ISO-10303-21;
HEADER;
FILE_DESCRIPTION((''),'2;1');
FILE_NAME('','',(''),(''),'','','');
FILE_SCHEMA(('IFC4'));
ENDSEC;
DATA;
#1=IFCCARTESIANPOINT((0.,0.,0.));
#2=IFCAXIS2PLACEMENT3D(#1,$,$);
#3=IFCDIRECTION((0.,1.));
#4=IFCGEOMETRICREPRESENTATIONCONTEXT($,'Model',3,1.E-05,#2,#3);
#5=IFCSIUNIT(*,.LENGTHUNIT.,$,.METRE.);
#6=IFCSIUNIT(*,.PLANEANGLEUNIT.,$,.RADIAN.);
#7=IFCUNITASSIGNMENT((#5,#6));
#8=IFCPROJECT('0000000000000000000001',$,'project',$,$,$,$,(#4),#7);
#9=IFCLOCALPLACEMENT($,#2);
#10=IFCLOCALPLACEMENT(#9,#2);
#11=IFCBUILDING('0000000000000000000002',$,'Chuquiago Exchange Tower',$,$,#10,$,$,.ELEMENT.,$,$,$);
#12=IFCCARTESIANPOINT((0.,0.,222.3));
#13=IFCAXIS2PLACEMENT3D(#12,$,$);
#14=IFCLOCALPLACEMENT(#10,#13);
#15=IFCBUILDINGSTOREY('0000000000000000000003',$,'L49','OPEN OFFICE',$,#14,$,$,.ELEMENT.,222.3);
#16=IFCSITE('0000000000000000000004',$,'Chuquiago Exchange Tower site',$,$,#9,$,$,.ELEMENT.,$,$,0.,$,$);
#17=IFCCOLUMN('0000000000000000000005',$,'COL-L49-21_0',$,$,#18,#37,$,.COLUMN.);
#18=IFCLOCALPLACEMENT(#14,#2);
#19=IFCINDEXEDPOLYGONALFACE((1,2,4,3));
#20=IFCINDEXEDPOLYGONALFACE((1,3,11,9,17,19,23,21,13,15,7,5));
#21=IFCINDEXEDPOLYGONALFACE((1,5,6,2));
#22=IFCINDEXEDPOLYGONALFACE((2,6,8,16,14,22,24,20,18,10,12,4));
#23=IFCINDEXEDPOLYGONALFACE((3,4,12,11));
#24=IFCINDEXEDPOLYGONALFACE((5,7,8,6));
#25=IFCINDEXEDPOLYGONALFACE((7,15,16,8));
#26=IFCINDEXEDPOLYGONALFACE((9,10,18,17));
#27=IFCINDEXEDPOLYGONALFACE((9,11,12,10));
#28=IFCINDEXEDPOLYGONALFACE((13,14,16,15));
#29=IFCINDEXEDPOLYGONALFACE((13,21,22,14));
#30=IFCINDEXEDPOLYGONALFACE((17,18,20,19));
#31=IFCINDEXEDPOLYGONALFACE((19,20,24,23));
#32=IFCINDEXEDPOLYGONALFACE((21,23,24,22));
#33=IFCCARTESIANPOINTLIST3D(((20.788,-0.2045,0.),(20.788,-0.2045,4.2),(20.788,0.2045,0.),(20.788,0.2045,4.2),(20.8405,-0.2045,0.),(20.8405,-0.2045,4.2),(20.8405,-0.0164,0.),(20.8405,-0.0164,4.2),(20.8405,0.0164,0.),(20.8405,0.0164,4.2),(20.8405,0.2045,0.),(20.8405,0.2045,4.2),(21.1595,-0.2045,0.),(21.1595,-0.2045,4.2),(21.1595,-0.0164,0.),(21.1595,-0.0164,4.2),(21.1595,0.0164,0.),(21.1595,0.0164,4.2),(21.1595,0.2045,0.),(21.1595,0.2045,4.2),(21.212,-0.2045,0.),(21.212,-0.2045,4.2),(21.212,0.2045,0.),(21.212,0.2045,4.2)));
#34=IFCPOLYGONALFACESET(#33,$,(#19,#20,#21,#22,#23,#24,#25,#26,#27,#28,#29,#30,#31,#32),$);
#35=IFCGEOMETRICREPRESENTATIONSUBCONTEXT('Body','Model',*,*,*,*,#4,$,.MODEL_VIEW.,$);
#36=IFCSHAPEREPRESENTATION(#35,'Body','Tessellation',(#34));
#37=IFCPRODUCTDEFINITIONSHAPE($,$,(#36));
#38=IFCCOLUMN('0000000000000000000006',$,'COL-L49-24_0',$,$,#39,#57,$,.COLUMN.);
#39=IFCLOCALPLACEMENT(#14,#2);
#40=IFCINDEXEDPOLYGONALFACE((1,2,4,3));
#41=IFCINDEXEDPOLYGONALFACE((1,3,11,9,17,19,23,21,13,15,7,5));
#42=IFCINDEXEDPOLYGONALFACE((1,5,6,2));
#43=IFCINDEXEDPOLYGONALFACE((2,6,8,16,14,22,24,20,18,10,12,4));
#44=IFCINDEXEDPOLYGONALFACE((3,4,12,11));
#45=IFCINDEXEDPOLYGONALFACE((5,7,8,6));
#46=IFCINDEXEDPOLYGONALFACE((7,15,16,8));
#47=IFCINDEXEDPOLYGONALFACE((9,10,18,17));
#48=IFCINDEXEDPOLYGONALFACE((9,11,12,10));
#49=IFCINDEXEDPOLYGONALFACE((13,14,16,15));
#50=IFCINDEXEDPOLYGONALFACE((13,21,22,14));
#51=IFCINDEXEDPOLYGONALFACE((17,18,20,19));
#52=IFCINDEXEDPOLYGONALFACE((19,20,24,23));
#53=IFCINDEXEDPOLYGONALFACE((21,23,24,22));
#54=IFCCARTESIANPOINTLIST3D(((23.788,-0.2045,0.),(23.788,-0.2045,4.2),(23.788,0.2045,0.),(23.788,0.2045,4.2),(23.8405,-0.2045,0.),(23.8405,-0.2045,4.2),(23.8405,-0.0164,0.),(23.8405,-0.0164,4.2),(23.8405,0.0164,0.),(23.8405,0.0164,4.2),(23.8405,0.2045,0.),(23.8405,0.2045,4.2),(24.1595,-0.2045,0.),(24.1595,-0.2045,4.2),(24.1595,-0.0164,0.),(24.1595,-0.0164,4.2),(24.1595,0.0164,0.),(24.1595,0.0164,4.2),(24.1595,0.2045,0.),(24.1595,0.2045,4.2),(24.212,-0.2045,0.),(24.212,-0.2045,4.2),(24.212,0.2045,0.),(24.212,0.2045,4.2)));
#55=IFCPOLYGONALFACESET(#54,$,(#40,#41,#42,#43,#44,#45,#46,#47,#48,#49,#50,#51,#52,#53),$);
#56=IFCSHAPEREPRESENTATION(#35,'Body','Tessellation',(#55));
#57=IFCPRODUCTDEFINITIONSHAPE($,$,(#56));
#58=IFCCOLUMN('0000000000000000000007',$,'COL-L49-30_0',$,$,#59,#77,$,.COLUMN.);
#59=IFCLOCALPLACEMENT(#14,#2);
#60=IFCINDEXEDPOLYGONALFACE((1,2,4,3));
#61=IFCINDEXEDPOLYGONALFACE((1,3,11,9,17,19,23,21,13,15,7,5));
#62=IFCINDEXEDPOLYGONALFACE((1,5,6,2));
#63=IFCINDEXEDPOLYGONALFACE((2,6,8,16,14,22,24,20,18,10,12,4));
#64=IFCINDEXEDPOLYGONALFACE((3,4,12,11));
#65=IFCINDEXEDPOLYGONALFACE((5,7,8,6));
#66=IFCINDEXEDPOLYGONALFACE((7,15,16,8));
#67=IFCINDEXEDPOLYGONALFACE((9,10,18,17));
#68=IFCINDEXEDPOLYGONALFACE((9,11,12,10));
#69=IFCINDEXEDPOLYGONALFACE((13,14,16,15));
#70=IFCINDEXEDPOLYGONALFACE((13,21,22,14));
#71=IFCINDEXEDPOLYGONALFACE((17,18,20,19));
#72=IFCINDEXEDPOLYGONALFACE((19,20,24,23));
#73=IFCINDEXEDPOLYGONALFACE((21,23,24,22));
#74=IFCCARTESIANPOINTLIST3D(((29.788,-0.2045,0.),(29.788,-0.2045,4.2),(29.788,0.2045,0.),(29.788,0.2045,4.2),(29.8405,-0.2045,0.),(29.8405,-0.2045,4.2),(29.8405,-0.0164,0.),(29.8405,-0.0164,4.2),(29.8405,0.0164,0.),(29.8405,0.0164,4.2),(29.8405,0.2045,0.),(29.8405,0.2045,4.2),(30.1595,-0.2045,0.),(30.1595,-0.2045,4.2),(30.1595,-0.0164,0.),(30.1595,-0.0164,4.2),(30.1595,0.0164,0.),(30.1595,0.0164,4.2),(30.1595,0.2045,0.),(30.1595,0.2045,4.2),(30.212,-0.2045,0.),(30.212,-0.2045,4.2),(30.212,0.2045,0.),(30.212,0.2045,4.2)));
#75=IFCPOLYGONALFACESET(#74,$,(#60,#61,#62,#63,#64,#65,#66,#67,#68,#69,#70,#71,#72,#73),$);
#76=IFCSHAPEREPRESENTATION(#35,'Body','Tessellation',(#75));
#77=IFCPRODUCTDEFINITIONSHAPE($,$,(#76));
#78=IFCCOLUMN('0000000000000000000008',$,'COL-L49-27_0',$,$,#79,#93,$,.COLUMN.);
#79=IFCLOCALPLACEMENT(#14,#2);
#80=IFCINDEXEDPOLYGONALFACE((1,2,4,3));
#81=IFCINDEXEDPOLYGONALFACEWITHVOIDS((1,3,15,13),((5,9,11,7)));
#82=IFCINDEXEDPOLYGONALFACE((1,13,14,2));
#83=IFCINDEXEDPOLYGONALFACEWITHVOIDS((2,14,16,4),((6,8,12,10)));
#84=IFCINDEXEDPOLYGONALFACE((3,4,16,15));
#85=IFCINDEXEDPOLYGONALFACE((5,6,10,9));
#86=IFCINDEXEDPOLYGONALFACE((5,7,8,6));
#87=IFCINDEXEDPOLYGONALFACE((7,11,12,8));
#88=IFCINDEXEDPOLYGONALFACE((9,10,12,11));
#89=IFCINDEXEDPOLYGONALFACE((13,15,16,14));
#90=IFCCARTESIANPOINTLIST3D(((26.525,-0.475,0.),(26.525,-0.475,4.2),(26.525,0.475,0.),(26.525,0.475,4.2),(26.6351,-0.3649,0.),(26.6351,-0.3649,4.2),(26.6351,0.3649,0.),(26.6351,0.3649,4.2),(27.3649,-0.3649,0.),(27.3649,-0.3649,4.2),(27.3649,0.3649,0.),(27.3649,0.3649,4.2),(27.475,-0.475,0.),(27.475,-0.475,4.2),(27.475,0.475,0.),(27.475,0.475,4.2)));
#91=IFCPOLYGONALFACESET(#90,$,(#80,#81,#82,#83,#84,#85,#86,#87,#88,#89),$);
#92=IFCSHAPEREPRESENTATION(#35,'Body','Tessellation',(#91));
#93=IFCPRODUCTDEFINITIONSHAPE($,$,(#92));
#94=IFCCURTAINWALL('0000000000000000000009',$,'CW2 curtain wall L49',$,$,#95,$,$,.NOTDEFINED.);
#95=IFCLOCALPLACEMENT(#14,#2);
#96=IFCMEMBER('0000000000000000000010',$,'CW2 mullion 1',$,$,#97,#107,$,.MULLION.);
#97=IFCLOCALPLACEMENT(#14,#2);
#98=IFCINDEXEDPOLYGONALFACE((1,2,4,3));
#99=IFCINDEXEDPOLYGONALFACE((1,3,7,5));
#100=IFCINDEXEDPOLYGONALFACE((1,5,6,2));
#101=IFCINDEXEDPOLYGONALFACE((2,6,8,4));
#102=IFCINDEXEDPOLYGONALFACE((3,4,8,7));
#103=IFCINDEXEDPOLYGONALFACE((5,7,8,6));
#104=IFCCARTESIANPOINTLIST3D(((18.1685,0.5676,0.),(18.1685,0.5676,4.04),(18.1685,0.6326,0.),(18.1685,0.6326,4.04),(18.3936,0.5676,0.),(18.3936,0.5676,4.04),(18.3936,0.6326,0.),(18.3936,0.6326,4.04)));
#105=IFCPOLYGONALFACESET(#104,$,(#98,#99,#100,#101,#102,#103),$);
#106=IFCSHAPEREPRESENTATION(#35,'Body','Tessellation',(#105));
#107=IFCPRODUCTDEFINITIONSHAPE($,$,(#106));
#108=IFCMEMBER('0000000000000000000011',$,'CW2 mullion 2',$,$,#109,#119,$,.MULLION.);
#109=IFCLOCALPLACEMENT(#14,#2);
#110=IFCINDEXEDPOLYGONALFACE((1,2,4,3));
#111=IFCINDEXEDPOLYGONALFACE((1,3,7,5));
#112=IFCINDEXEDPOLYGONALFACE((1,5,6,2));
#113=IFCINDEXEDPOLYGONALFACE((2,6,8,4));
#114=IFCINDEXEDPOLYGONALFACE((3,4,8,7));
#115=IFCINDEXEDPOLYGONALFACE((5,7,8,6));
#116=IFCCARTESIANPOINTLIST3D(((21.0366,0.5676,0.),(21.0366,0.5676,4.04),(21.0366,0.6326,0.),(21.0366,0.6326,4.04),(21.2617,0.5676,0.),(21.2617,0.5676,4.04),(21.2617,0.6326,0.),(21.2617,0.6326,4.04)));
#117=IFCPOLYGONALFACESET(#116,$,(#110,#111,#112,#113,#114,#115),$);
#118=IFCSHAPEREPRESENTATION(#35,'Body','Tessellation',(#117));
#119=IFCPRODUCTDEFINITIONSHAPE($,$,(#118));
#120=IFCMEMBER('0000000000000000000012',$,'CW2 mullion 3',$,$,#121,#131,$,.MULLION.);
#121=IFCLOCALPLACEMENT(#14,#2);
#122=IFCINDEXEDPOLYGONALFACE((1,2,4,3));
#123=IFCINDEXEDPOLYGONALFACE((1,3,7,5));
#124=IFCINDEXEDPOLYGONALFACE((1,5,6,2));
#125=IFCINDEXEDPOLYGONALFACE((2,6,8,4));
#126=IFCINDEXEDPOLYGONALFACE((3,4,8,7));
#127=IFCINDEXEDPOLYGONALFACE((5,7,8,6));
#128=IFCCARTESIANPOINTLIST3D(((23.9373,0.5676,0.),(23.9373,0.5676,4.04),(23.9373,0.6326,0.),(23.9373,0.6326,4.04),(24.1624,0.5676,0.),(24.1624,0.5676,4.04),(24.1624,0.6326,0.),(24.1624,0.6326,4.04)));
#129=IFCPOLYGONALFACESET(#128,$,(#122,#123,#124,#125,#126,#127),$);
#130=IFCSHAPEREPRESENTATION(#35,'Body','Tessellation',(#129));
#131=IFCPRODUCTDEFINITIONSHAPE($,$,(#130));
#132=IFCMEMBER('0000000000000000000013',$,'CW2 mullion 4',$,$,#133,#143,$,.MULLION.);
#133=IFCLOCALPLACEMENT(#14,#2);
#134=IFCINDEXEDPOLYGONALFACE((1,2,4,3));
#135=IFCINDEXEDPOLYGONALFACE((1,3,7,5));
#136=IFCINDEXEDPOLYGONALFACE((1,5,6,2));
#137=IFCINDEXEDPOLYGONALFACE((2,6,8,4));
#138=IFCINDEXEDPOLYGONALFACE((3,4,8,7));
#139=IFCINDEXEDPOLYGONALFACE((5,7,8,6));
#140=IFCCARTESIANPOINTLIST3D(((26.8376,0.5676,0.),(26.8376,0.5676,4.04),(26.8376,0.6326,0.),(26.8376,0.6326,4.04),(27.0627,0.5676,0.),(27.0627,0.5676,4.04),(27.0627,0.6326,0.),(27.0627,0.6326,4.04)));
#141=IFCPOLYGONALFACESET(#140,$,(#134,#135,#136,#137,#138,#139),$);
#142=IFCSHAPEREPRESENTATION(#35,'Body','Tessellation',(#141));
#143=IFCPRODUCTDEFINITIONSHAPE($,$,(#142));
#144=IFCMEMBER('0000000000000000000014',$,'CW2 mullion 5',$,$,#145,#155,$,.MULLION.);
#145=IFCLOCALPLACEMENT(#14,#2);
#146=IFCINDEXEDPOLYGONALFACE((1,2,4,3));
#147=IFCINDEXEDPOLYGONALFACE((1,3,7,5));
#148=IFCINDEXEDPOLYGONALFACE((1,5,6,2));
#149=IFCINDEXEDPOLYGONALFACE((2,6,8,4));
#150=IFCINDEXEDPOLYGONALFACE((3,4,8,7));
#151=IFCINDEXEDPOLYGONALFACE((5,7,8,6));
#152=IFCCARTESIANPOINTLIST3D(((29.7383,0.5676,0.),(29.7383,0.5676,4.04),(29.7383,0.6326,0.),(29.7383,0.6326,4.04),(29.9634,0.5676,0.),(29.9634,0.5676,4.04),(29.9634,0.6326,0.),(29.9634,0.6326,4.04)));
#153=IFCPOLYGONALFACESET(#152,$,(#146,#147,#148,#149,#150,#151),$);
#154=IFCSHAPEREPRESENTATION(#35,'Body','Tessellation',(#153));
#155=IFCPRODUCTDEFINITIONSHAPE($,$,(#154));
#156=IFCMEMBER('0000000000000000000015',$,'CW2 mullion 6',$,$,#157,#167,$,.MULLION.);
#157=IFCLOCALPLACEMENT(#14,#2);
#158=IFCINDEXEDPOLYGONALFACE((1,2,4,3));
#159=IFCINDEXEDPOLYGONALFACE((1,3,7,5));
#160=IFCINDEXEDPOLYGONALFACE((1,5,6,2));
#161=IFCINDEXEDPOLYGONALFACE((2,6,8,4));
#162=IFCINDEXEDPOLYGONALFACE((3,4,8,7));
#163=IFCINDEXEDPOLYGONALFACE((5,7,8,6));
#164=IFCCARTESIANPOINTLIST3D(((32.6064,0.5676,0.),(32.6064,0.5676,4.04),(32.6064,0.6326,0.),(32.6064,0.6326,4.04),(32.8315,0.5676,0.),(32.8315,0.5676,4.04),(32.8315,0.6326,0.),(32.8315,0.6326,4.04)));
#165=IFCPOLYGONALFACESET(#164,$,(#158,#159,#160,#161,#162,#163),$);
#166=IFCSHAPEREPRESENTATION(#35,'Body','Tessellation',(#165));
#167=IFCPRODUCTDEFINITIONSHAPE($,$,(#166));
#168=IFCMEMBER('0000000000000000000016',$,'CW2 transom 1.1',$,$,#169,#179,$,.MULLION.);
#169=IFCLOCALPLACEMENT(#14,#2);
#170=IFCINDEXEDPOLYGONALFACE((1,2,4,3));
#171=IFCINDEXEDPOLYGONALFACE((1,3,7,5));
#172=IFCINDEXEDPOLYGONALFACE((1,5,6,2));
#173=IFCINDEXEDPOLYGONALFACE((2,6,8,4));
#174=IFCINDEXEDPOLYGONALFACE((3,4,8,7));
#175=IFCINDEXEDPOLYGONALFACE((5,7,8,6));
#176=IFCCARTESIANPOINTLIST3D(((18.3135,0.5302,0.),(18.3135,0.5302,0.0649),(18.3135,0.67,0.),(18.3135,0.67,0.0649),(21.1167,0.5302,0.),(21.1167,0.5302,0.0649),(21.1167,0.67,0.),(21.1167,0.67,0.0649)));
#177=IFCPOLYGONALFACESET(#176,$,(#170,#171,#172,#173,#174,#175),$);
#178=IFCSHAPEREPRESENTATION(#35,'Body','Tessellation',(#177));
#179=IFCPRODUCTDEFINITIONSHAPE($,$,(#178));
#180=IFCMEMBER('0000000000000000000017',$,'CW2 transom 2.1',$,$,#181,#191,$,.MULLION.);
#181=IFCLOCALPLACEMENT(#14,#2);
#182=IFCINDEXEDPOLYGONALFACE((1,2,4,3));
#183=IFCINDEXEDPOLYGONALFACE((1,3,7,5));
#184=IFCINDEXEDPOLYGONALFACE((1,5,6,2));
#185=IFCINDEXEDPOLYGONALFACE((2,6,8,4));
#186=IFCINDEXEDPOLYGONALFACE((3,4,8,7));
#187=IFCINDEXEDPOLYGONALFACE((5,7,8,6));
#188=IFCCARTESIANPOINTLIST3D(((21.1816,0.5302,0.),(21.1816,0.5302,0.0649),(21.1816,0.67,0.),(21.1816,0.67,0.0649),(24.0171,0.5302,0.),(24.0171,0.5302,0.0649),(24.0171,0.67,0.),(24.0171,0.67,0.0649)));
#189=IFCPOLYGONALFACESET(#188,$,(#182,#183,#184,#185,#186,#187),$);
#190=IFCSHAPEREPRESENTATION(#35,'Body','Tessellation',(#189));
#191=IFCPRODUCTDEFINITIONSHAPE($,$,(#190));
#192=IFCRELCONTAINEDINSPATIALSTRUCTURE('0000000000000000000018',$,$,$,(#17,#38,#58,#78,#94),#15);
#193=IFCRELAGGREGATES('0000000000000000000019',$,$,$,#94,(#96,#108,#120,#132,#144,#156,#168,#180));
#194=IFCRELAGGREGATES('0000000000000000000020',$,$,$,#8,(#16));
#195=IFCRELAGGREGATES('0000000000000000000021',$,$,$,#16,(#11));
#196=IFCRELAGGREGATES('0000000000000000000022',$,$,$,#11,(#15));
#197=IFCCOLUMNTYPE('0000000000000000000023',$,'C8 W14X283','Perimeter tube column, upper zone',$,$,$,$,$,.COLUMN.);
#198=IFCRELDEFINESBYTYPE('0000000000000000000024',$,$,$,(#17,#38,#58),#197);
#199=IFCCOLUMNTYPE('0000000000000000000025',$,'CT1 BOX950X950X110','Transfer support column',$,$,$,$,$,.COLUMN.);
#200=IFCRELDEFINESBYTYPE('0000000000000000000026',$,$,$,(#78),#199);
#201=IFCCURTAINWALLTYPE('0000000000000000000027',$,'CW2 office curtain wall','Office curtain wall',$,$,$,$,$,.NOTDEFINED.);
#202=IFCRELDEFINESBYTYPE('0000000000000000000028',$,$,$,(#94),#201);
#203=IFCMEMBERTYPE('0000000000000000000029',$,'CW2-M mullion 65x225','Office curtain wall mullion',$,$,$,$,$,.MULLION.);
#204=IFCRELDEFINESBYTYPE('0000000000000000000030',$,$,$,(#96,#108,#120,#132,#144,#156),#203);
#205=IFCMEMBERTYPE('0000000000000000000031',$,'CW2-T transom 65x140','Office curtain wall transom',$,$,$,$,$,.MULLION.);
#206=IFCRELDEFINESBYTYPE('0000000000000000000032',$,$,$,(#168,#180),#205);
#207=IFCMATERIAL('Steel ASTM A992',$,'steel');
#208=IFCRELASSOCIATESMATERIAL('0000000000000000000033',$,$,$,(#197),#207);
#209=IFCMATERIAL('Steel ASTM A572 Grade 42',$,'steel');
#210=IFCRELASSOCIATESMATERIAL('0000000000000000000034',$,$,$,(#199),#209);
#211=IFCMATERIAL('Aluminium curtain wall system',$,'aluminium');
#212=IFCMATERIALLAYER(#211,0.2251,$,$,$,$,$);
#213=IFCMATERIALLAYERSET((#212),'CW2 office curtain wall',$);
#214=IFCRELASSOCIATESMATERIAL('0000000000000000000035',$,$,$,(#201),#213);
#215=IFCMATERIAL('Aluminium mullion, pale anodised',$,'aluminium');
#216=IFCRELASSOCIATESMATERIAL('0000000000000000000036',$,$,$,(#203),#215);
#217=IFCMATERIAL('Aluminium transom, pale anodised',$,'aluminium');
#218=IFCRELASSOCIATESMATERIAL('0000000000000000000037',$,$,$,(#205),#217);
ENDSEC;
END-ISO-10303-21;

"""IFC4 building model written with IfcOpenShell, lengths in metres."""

from ifc_helpers import new_model, si_unit, direction, frame, origin, origin_2d, place, context, subcontext, project, spatial, rectangle, hollow_rectangle, i_section, extrude, material, layer, layer_set, material_profile, profile_set, type_object, element, aggregate, save


model = new_model("IFC4")

# Units and contexts
model_context = context("Model", 3, precision=1e-05, world=origin(), true_north=direction((0.0, 1.0)))
body_context = subcontext(model_context, "Body", "Model", "MODEL_VIEW")
ifc_project = project(units=[si_unit("LENGTHUNIT", "METRE"), si_unit("PLANEANGLEUNIT", "RADIAN")], contexts=[model_context])

# Site, building, storey
site_placement = place(None, origin())
site = spatial("IfcSite", under=ifc_project, at=site_placement, Name="Chuquiago Exchange Tower site", CompositionType="ELEMENT", RefElevation=0.0)
building_placement = place(site_placement, origin())
building = spatial("IfcBuilding", under=site, at=building_placement, Name="Chuquiago Exchange Tower", CompositionType="ELEMENT")
storey_placement = place(building_placement, frame((0.0, 0.0, 222.3)))
storey = spatial("IfcBuildingStorey", under=building, at=storey_placement, Name="L49", Description="OPEN OFFICE", CompositionType="ELEMENT", Elevation=222.3)

# Columns
ifc_material_1 = material(Name="Steel ASTM A992", Category="steel")
ifc_material_profile_1 = material_profile(ifc_material_1, i_section(OverallWidth=0.4089, OverallDepth=0.4241, WebThickness=0.0327, FlangeThickness=0.0525, at=origin_2d()), Name="W14X283")
ifc_profile_set_1 = profile_set([ifc_material_profile_1], Name="Steel ASTM A992")
column_type_1 = type_object("IfcColumnType", Name="C8 W14X283", Description="Perimeter tube column, upper zone", PredefinedType="COLUMN", material=ifc_profile_set_1)
for number, where, z_axis, x_axis, name in (
    (1, (21.0, 0.0, 0.0), (0.0, 0.0, 1.0), (0.0, -1.0, 0.0), "COL-L49-21_0"),
    (2, (24.0, 0.0, 0.0), (0.0, 0.0, 1.0), (0.0, -1.0, 0.0), "COL-L49-24_0"),
    (3, (30.0, 0.0, 0.0), (0.0, 0.0, 1.0), (0.0, -1.0, 0.0), "COL-L49-30_0"),
):
    element("IfcColumn", number, at=place(storey_placement, frame(where, z_axis=z_axis, x_axis=x_axis)), inside=storey, type_object=column_type_1, Name=name, PredefinedType="COLUMN", context=body_context, shape_type="SweptSolid", body=[
        extrude(i_section(OverallWidth=0.4089, OverallDepth=0.4241, WebThickness=0.0327, FlangeThickness=0.0525, at=origin_2d()), origin(), (0.0, 0.0, 1.0), 4.2),
    ])
ifc_material_2 = material(Name="Steel ASTM A572 Grade 42", Category="steel")
ifc_material_profile_2 = material_profile(ifc_material_2, hollow_rectangle(XDim=0.95, YDim=0.95, WallThickness=0.1101, at=origin_2d()), Name="BOX950X950X110")
ifc_profile_set_2 = profile_set([ifc_material_profile_2], Name="Steel ASTM A572 Grade 42")
column_type_2 = type_object("IfcColumnType", Name="CT1 BOX950X950X110", Description="Transfer support column", PredefinedType="COLUMN", material=ifc_profile_set_2)
column_placement = place(storey_placement, frame((27.0, 0.0, 0.0), z_axis=(0.0, 0.0, 1.0), x_axis=(0.0, -1.0, 0.0)))
element("IfcColumn", 4, at=column_placement, inside=storey, type_object=column_type_2, Name="COL-L49-27_0", PredefinedType="COLUMN", context=body_context, shape_type="SweptSolid", body=[
    extrude(hollow_rectangle(XDim=0.95, YDim=0.95, WallThickness=0.1101, at=origin_2d()), origin(), (0.0, 0.0, 1.0), 4.2),
])

# Curtain wall, members
ifc_material_3 = material(Name="Aluminium curtain wall system", Category="aluminium")
ifc_layer_1 = layer(ifc_material_3, 0.2251)
ifc_layer_set_1 = layer_set([ifc_layer_1], Name="CW2 office curtain wall")
curtain_wall_type_1 = type_object("IfcCurtainWallType", Name="CW2 office curtain wall", Description="Office curtain wall", PredefinedType="NOTDEFINED", material=ifc_layer_set_1)
curtain_wall_1_placement = place(storey_placement, origin())
curtain_wall_1 = element("IfcCurtainWall", 5, at=curtain_wall_1_placement, inside=storey, type_object=curtain_wall_type_1, Name="CW2 curtain wall L49", PredefinedType="NOTDEFINED")
ifc_material_4 = material(Name="Aluminium mullion, pale anodised", Category="aluminium")
ifc_material_profile_3 = material_profile(ifc_material_4, rectangle(XDim=0.0649, YDim=0.2251, at=origin_2d()), Name="AL 65x225")
ifc_profile_set_3 = profile_set([ifc_material_profile_3], Name="Aluminium mullion, pale anodised")
member_type_1 = type_object("IfcMemberType", Name="CW2-M mullion 65x225", Description="Office curtain wall mullion", PredefinedType="MULLION", material=ifc_profile_set_3)
member_1_placement = place(storey_placement, frame((18.281, 0.6001, 0.0), z_axis=(0.0, 0.0, 1.0), x_axis=(0.0, 1.0, 0.0)))
member_1 = element("IfcMember", 6, at=member_1_placement, type_object=member_type_1, Name="CW2 mullion 1", PredefinedType="MULLION", context=body_context, shape_type="SweptSolid", body=[
    extrude(rectangle(XDim=0.0649, YDim=0.2251, at=origin_2d()), origin(), (0.0, 0.0, 1.0), 4.04),
])
member_2_placement = place(storey_placement, frame((21.1492, 0.6001, 0.0), z_axis=(0.0, 0.0, 1.0), x_axis=(0.0, 1.0, 0.0)))
member_2 = element("IfcMember", 7, at=member_2_placement, type_object=member_type_1, Name="CW2 mullion 2", PredefinedType="MULLION", context=body_context, shape_type="SweptSolid", body=[
    extrude(rectangle(XDim=0.0649, YDim=0.2251, at=origin_2d()), origin(), (0.0, 0.0, 1.0), 4.04),
])
member_3_placement = place(storey_placement, frame((24.0498, 0.6001, 0.0), z_axis=(0.0, 0.0, 1.0), x_axis=(0.0, 1.0, 0.0)))
member_3 = element("IfcMember", 8, at=member_3_placement, type_object=member_type_1, Name="CW2 mullion 3", PredefinedType="MULLION", context=body_context, shape_type="SweptSolid", body=[
    extrude(rectangle(XDim=0.0649, YDim=0.2251, at=origin_2d()), origin(), (0.0, 0.0, 1.0), 4.04),
])
member_4_placement = place(storey_placement, frame((26.9502, 0.6001, 0.0), z_axis=(0.0, 0.0, 1.0), x_axis=(0.0, 1.0, 0.0)))
member_4 = element("IfcMember", 9, at=member_4_placement, type_object=member_type_1, Name="CW2 mullion 4", PredefinedType="MULLION", context=body_context, shape_type="SweptSolid", body=[
    extrude(rectangle(XDim=0.0649, YDim=0.2251, at=origin_2d()), origin(), (0.0, 0.0, 1.0), 4.04),
])
member_5_placement = place(storey_placement, frame((29.8508, 0.6001, 0.0), z_axis=(0.0, 0.0, 1.0), x_axis=(0.0, 1.0, 0.0)))
member_5 = element("IfcMember", 10, at=member_5_placement, type_object=member_type_1, Name="CW2 mullion 5", PredefinedType="MULLION", context=body_context, shape_type="SweptSolid", body=[
    extrude(rectangle(XDim=0.0649, YDim=0.2251, at=origin_2d()), origin(), (0.0, 0.0, 1.0), 4.04),
])
member_6_placement = place(storey_placement, frame((32.719, 0.6001, 0.0), z_axis=(0.0, 0.0, 1.0), x_axis=(0.0, 1.0, 0.0)))
member_6 = element("IfcMember", 11, at=member_6_placement, type_object=member_type_1, Name="CW2 mullion 6", PredefinedType="MULLION", context=body_context, shape_type="SweptSolid", body=[
    extrude(rectangle(XDim=0.0649, YDim=0.2251, at=origin_2d()), origin(), (0.0, 0.0, 1.0), 4.04),
])
ifc_material_5 = material(Name="Aluminium transom, pale anodised", Category="aluminium")
ifc_material_profile_4 = material_profile(ifc_material_5, rectangle(XDim=0.1399, YDim=0.0649, at=origin_2d()), Name="AL 140x65")
ifc_profile_set_4 = profile_set([ifc_material_profile_4], Name="Aluminium transom, pale anodised")
member_type_2 = type_object("IfcMemberType", Name="CW2-T transom 65x140", Description="Office curtain wall transom", PredefinedType="MULLION", material=ifc_profile_set_4)
member_7_placement = place(storey_placement, frame((18.3135, 0.6001, 0.0325), z_axis=(1.0, 0.0, 0.0), x_axis=(0.0, 1.0, 0.0)))
member_7 = element("IfcMember", 12, at=member_7_placement, type_object=member_type_2, Name="CW2 transom 1.1", PredefinedType="MULLION", context=body_context, shape_type="SweptSolid", body=[
    extrude(rectangle(XDim=0.1399, YDim=0.0649, at=origin_2d()), origin(), (0.0, 0.0, 1.0), 2.8032),
])
member_8_placement = place(storey_placement, frame((21.1816, 0.6001, 0.0325), z_axis=(1.0, 0.0, 0.0), x_axis=(0.0, 1.0, 0.0)))
member_8 = element("IfcMember", 13, at=member_8_placement, type_object=member_type_2, Name="CW2 transom 2.1", PredefinedType="MULLION", context=body_context, shape_type="SweptSolid", body=[
    extrude(rectangle(XDim=0.1399, YDim=0.0649, at=origin_2d()), origin(), (0.0, 0.0, 1.0), 2.8354),
])

aggregate(curtain_wall_1, [member_1, member_2, member_3, member_4, member_5, member_6, member_7, member_8])

save(model, "model.ifc")
